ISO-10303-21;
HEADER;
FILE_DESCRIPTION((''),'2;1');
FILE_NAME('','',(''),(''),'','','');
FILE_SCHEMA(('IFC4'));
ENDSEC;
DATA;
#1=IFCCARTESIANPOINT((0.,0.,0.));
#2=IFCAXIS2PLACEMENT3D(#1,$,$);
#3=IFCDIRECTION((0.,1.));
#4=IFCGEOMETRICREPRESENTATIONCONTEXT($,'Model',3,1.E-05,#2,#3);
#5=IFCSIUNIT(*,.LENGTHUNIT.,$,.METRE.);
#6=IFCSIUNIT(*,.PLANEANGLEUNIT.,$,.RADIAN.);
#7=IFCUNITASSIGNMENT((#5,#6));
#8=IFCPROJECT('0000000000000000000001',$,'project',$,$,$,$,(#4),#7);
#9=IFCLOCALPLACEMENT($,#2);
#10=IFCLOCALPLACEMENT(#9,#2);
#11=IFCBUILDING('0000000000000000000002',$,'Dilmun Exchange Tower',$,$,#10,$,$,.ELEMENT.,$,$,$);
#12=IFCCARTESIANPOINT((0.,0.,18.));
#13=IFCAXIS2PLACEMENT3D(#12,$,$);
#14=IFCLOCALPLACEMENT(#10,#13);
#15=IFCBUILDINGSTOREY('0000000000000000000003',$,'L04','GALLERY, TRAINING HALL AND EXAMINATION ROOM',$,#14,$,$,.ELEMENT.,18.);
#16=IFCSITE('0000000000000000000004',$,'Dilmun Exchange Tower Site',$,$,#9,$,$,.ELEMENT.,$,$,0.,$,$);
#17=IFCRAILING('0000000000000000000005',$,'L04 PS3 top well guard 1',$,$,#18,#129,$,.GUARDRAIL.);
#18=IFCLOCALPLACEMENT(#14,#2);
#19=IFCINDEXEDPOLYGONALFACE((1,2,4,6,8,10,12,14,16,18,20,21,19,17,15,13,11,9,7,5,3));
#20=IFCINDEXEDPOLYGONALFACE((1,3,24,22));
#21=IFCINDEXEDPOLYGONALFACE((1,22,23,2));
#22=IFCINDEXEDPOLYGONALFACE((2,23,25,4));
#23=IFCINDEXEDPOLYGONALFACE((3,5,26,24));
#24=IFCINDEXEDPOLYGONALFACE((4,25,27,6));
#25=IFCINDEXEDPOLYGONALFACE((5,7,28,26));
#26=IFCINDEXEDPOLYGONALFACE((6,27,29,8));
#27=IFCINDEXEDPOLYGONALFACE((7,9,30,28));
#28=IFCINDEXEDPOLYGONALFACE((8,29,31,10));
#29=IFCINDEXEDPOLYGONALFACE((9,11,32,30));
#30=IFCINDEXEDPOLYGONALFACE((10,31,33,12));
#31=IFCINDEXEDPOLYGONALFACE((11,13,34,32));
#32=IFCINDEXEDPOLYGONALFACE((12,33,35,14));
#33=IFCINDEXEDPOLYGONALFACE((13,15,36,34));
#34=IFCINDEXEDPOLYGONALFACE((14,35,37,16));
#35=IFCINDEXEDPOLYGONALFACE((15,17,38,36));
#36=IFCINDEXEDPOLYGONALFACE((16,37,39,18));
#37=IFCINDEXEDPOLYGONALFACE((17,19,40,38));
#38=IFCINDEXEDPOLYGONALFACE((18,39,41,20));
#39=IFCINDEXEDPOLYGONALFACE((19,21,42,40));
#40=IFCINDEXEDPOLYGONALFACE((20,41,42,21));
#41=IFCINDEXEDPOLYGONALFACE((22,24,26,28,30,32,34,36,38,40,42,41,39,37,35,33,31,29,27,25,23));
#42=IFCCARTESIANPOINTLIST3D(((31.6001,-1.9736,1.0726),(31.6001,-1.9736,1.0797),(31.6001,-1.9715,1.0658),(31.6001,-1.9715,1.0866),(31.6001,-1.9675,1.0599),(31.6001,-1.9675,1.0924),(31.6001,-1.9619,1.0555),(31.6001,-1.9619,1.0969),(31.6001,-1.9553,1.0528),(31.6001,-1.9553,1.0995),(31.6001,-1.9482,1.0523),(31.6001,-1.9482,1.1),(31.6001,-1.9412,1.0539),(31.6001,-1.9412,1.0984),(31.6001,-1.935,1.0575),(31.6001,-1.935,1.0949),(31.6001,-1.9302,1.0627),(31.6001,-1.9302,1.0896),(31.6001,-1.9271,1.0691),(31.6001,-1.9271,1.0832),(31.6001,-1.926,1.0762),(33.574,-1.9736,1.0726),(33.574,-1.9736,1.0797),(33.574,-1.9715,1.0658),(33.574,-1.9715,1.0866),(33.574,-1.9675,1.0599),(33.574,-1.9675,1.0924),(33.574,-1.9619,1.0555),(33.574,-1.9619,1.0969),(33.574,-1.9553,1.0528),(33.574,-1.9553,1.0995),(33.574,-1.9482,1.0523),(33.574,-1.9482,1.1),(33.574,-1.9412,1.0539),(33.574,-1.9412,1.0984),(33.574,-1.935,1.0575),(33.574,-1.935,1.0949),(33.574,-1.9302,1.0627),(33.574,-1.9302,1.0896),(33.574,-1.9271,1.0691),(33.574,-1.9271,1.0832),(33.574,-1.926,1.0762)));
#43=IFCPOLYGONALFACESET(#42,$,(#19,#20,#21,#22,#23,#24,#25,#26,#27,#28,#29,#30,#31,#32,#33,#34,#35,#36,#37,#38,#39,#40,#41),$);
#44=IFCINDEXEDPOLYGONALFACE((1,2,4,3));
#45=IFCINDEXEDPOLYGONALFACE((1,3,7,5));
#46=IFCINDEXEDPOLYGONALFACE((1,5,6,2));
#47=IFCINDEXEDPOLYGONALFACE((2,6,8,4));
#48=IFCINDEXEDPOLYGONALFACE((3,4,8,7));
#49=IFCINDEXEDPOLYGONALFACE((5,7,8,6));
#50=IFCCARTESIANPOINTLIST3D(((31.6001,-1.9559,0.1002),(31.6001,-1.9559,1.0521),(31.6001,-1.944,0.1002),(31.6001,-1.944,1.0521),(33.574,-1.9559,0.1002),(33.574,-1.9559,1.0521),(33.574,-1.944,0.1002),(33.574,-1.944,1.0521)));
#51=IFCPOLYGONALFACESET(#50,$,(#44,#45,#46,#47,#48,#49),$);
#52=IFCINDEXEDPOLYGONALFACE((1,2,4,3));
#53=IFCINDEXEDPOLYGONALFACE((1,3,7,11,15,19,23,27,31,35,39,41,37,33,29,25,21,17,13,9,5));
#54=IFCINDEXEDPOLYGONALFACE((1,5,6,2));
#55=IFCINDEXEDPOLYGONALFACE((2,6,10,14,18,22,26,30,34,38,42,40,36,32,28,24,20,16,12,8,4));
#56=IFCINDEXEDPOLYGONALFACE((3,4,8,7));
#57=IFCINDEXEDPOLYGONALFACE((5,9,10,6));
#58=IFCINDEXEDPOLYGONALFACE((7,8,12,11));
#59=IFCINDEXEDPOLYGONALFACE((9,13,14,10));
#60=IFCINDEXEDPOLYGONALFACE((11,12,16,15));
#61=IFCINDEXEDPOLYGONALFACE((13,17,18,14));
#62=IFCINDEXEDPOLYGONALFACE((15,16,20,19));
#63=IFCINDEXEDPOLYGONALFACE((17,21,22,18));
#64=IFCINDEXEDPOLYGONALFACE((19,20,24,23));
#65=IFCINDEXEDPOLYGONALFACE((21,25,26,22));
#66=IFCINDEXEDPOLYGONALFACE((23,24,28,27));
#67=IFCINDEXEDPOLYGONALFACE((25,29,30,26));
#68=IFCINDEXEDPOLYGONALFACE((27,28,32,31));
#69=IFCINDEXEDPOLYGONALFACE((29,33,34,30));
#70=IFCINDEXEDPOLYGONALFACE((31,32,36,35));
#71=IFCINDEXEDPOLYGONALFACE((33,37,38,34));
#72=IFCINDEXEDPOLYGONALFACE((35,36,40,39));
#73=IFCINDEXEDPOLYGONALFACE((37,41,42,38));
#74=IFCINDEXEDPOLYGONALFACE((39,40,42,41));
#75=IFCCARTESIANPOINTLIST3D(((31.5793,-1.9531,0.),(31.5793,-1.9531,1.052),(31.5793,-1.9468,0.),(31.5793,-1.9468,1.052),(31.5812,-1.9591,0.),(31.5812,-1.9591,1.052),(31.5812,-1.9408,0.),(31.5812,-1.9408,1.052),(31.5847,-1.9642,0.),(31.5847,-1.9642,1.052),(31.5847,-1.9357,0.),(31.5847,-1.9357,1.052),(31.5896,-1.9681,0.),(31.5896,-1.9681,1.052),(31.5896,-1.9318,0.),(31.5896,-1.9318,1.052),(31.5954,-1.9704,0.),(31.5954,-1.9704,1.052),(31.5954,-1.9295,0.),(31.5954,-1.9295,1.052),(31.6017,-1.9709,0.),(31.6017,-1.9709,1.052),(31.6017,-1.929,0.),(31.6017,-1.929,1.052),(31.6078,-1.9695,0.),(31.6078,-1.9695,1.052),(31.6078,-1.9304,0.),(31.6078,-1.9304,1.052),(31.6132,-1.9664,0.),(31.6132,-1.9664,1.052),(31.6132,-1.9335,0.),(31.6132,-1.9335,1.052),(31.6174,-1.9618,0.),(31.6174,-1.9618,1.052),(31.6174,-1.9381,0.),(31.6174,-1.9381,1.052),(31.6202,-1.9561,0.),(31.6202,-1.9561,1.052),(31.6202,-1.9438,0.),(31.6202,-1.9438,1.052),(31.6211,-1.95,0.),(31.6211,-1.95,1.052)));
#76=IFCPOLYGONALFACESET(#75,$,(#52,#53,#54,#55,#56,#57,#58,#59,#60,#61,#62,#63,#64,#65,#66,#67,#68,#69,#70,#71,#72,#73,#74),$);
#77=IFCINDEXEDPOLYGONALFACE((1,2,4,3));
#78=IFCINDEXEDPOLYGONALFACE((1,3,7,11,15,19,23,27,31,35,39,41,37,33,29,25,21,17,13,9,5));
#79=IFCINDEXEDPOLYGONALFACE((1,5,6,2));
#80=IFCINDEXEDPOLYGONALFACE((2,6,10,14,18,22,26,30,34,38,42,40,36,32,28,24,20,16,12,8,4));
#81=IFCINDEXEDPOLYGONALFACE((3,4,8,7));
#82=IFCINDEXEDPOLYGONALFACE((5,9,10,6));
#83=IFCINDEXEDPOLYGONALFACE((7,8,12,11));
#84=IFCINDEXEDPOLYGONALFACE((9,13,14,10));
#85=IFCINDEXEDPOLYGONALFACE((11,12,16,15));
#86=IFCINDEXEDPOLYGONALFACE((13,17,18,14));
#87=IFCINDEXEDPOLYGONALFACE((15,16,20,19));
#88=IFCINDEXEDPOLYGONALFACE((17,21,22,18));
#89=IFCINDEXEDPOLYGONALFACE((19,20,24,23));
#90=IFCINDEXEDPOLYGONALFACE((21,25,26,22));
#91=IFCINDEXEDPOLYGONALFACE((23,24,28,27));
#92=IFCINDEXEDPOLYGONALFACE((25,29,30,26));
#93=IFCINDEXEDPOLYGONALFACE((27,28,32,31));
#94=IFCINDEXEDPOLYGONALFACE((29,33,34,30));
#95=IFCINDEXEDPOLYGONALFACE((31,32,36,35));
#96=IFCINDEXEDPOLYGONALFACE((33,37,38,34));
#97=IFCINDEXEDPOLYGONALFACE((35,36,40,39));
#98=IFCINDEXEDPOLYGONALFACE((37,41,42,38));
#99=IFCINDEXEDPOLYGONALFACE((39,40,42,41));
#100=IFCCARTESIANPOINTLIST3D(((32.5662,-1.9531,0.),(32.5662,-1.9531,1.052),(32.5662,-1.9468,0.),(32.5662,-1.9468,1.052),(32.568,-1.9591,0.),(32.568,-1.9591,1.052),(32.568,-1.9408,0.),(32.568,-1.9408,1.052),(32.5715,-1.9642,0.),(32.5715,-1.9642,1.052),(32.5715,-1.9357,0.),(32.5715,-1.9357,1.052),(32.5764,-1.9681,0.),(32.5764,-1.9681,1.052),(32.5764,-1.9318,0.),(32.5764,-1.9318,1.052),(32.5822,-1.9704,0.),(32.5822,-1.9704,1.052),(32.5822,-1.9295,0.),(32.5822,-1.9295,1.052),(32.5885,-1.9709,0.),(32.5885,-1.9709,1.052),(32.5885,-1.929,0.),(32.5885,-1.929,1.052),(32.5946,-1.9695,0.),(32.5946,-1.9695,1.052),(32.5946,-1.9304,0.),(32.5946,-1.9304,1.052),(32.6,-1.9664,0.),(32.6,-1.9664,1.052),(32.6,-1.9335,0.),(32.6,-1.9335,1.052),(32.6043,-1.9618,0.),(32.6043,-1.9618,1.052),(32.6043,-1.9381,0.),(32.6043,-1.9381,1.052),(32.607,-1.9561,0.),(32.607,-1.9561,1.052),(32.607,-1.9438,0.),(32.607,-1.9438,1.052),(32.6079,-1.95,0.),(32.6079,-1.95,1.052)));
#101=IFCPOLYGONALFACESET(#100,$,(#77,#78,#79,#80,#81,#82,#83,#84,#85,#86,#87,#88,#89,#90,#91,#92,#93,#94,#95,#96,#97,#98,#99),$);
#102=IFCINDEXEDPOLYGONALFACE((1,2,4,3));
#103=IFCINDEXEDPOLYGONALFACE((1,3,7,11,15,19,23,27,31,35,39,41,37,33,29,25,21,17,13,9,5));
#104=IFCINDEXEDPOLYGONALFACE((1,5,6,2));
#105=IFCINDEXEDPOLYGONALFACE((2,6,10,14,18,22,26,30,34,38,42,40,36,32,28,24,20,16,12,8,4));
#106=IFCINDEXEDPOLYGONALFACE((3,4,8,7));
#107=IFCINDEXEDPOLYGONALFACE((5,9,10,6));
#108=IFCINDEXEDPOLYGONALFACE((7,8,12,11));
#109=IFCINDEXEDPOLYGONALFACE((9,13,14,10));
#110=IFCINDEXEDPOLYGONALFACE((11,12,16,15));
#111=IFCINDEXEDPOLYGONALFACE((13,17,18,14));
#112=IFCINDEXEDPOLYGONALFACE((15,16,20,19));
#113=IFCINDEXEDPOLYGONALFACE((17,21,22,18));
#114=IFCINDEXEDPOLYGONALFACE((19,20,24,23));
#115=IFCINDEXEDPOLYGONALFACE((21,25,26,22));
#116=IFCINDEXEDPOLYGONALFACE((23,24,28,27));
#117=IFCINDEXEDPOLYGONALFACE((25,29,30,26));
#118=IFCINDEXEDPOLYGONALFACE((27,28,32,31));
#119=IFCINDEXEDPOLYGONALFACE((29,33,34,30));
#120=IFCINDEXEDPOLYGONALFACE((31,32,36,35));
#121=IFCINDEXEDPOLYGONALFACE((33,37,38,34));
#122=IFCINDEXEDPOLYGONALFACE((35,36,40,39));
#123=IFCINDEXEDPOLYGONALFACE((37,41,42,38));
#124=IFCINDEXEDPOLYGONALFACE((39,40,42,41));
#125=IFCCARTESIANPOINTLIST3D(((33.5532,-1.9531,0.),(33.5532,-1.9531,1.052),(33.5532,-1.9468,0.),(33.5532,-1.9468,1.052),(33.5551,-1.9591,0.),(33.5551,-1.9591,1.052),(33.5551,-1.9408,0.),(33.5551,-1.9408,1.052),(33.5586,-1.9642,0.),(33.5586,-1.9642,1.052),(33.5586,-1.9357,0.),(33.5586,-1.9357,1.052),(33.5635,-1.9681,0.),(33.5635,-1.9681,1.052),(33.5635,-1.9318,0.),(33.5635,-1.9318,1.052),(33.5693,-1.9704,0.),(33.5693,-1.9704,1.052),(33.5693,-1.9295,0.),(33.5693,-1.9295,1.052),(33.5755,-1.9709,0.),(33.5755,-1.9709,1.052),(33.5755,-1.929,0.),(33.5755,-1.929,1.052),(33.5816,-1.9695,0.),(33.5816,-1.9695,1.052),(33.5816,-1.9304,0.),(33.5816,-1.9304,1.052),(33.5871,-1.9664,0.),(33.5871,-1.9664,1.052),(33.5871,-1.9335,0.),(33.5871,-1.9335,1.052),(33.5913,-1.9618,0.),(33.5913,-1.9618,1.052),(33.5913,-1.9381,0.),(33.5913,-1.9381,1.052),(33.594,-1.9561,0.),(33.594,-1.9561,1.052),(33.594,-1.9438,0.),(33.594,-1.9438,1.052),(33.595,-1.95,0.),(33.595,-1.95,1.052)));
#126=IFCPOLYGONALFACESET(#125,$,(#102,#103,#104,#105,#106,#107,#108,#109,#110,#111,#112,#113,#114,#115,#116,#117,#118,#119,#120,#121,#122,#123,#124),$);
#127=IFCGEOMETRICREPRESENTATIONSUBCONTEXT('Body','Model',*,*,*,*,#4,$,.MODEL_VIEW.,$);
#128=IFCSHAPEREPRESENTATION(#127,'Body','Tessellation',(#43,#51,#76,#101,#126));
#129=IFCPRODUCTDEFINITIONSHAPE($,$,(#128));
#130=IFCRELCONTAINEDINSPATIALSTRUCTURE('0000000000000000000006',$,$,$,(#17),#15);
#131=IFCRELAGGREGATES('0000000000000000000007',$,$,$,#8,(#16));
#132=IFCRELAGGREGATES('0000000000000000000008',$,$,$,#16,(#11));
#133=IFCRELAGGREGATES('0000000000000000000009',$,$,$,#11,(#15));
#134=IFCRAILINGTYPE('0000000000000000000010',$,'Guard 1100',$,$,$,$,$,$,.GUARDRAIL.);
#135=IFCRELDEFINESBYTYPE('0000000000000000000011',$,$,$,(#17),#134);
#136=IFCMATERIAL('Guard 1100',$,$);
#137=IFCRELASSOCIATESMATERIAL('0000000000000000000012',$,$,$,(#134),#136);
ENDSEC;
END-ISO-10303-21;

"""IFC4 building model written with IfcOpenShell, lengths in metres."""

from ifc_helpers import new_model, si_unit, direction, frame, origin, origin_2d, place, context, subcontext, project, spatial, rectangle, circle, extrude, material, type_object, element, save


model = new_model("IFC4")

# Units and contexts
model_context = context("Model", 3, precision=1e-05, world=origin(), true_north=direction((0.0, 1.0)))
body_context = subcontext(model_context, "Body", "Model", "MODEL_VIEW")
ifc_project = project(units=[si_unit("LENGTHUNIT", "METRE"), si_unit("PLANEANGLEUNIT", "RADIAN")], contexts=[model_context])

# Site, building, storey
site_placement = place(None, origin())
site = spatial("IfcSite", under=ifc_project, at=site_placement, Name="Dilmun Exchange Tower Site", CompositionType="ELEMENT", RefElevation=0.0)
building_placement = place(site_placement, origin())
building = spatial("IfcBuilding", under=site, at=building_placement, Name="Dilmun Exchange Tower", CompositionType="ELEMENT")
storey_placement = place(building_placement, frame((0.0, 0.0, 18.0)))
storey = spatial("IfcBuildingStorey", under=building, at=storey_placement, Name="L04", Description="GALLERY, TRAINING HALL AND EXAMINATION ROOM", CompositionType="ELEMENT", Elevation=18.0)

# Railing
ifc_material_1 = material(Name="Guard 1100")
railing_type_1 = type_object("IfcRailingType", Name="Guard 1100", PredefinedType="GUARDRAIL", material=ifc_material_1)
railing_1_placement = place(storey_placement, frame((31.6001, -1.95, 0.0)))
element("IfcRailing", 1, at=railing_1_placement, inside=storey, type_object=railing_type_1, Name="L04 PS3 top well guard 1", PredefinedType="GUARDRAIL", context=body_context, shape_type="SweptSolid", body=[
    extrude(circle(Radius=0.0239, at=origin_2d()), frame((0.0, 0.0, 1.0762), z_axis=(1.0, 0.0, 0.0), x_axis=(0.0, 1.0, 0.0)), (0.0, 0.0, 1.0), 1.9739),
    extrude(rectangle(XDim=0.012, YDim=0.9519, at=origin_2d()), frame((0.0, 0.0, 0.5762), z_axis=(1.0, 0.0, 0.0), x_axis=(0.0, 1.0, 0.0)), (0.0, 0.0, 1.0), 1.9739),
    extrude(circle(Radius=0.021, at=origin_2d()), origin(), (0.0, 0.0, 1.0), 1.052),
    extrude(circle(Radius=0.021, at=origin_2d()), frame((0.9868, 0.0, 0.0)), (0.0, 0.0, 1.0), 1.052),
    extrude(circle(Radius=0.021, at=origin_2d()), frame((1.9739, 0.0, 0.0)), (0.0, 0.0, 1.0), 1.052),
])

save(model, "model.ifc")
